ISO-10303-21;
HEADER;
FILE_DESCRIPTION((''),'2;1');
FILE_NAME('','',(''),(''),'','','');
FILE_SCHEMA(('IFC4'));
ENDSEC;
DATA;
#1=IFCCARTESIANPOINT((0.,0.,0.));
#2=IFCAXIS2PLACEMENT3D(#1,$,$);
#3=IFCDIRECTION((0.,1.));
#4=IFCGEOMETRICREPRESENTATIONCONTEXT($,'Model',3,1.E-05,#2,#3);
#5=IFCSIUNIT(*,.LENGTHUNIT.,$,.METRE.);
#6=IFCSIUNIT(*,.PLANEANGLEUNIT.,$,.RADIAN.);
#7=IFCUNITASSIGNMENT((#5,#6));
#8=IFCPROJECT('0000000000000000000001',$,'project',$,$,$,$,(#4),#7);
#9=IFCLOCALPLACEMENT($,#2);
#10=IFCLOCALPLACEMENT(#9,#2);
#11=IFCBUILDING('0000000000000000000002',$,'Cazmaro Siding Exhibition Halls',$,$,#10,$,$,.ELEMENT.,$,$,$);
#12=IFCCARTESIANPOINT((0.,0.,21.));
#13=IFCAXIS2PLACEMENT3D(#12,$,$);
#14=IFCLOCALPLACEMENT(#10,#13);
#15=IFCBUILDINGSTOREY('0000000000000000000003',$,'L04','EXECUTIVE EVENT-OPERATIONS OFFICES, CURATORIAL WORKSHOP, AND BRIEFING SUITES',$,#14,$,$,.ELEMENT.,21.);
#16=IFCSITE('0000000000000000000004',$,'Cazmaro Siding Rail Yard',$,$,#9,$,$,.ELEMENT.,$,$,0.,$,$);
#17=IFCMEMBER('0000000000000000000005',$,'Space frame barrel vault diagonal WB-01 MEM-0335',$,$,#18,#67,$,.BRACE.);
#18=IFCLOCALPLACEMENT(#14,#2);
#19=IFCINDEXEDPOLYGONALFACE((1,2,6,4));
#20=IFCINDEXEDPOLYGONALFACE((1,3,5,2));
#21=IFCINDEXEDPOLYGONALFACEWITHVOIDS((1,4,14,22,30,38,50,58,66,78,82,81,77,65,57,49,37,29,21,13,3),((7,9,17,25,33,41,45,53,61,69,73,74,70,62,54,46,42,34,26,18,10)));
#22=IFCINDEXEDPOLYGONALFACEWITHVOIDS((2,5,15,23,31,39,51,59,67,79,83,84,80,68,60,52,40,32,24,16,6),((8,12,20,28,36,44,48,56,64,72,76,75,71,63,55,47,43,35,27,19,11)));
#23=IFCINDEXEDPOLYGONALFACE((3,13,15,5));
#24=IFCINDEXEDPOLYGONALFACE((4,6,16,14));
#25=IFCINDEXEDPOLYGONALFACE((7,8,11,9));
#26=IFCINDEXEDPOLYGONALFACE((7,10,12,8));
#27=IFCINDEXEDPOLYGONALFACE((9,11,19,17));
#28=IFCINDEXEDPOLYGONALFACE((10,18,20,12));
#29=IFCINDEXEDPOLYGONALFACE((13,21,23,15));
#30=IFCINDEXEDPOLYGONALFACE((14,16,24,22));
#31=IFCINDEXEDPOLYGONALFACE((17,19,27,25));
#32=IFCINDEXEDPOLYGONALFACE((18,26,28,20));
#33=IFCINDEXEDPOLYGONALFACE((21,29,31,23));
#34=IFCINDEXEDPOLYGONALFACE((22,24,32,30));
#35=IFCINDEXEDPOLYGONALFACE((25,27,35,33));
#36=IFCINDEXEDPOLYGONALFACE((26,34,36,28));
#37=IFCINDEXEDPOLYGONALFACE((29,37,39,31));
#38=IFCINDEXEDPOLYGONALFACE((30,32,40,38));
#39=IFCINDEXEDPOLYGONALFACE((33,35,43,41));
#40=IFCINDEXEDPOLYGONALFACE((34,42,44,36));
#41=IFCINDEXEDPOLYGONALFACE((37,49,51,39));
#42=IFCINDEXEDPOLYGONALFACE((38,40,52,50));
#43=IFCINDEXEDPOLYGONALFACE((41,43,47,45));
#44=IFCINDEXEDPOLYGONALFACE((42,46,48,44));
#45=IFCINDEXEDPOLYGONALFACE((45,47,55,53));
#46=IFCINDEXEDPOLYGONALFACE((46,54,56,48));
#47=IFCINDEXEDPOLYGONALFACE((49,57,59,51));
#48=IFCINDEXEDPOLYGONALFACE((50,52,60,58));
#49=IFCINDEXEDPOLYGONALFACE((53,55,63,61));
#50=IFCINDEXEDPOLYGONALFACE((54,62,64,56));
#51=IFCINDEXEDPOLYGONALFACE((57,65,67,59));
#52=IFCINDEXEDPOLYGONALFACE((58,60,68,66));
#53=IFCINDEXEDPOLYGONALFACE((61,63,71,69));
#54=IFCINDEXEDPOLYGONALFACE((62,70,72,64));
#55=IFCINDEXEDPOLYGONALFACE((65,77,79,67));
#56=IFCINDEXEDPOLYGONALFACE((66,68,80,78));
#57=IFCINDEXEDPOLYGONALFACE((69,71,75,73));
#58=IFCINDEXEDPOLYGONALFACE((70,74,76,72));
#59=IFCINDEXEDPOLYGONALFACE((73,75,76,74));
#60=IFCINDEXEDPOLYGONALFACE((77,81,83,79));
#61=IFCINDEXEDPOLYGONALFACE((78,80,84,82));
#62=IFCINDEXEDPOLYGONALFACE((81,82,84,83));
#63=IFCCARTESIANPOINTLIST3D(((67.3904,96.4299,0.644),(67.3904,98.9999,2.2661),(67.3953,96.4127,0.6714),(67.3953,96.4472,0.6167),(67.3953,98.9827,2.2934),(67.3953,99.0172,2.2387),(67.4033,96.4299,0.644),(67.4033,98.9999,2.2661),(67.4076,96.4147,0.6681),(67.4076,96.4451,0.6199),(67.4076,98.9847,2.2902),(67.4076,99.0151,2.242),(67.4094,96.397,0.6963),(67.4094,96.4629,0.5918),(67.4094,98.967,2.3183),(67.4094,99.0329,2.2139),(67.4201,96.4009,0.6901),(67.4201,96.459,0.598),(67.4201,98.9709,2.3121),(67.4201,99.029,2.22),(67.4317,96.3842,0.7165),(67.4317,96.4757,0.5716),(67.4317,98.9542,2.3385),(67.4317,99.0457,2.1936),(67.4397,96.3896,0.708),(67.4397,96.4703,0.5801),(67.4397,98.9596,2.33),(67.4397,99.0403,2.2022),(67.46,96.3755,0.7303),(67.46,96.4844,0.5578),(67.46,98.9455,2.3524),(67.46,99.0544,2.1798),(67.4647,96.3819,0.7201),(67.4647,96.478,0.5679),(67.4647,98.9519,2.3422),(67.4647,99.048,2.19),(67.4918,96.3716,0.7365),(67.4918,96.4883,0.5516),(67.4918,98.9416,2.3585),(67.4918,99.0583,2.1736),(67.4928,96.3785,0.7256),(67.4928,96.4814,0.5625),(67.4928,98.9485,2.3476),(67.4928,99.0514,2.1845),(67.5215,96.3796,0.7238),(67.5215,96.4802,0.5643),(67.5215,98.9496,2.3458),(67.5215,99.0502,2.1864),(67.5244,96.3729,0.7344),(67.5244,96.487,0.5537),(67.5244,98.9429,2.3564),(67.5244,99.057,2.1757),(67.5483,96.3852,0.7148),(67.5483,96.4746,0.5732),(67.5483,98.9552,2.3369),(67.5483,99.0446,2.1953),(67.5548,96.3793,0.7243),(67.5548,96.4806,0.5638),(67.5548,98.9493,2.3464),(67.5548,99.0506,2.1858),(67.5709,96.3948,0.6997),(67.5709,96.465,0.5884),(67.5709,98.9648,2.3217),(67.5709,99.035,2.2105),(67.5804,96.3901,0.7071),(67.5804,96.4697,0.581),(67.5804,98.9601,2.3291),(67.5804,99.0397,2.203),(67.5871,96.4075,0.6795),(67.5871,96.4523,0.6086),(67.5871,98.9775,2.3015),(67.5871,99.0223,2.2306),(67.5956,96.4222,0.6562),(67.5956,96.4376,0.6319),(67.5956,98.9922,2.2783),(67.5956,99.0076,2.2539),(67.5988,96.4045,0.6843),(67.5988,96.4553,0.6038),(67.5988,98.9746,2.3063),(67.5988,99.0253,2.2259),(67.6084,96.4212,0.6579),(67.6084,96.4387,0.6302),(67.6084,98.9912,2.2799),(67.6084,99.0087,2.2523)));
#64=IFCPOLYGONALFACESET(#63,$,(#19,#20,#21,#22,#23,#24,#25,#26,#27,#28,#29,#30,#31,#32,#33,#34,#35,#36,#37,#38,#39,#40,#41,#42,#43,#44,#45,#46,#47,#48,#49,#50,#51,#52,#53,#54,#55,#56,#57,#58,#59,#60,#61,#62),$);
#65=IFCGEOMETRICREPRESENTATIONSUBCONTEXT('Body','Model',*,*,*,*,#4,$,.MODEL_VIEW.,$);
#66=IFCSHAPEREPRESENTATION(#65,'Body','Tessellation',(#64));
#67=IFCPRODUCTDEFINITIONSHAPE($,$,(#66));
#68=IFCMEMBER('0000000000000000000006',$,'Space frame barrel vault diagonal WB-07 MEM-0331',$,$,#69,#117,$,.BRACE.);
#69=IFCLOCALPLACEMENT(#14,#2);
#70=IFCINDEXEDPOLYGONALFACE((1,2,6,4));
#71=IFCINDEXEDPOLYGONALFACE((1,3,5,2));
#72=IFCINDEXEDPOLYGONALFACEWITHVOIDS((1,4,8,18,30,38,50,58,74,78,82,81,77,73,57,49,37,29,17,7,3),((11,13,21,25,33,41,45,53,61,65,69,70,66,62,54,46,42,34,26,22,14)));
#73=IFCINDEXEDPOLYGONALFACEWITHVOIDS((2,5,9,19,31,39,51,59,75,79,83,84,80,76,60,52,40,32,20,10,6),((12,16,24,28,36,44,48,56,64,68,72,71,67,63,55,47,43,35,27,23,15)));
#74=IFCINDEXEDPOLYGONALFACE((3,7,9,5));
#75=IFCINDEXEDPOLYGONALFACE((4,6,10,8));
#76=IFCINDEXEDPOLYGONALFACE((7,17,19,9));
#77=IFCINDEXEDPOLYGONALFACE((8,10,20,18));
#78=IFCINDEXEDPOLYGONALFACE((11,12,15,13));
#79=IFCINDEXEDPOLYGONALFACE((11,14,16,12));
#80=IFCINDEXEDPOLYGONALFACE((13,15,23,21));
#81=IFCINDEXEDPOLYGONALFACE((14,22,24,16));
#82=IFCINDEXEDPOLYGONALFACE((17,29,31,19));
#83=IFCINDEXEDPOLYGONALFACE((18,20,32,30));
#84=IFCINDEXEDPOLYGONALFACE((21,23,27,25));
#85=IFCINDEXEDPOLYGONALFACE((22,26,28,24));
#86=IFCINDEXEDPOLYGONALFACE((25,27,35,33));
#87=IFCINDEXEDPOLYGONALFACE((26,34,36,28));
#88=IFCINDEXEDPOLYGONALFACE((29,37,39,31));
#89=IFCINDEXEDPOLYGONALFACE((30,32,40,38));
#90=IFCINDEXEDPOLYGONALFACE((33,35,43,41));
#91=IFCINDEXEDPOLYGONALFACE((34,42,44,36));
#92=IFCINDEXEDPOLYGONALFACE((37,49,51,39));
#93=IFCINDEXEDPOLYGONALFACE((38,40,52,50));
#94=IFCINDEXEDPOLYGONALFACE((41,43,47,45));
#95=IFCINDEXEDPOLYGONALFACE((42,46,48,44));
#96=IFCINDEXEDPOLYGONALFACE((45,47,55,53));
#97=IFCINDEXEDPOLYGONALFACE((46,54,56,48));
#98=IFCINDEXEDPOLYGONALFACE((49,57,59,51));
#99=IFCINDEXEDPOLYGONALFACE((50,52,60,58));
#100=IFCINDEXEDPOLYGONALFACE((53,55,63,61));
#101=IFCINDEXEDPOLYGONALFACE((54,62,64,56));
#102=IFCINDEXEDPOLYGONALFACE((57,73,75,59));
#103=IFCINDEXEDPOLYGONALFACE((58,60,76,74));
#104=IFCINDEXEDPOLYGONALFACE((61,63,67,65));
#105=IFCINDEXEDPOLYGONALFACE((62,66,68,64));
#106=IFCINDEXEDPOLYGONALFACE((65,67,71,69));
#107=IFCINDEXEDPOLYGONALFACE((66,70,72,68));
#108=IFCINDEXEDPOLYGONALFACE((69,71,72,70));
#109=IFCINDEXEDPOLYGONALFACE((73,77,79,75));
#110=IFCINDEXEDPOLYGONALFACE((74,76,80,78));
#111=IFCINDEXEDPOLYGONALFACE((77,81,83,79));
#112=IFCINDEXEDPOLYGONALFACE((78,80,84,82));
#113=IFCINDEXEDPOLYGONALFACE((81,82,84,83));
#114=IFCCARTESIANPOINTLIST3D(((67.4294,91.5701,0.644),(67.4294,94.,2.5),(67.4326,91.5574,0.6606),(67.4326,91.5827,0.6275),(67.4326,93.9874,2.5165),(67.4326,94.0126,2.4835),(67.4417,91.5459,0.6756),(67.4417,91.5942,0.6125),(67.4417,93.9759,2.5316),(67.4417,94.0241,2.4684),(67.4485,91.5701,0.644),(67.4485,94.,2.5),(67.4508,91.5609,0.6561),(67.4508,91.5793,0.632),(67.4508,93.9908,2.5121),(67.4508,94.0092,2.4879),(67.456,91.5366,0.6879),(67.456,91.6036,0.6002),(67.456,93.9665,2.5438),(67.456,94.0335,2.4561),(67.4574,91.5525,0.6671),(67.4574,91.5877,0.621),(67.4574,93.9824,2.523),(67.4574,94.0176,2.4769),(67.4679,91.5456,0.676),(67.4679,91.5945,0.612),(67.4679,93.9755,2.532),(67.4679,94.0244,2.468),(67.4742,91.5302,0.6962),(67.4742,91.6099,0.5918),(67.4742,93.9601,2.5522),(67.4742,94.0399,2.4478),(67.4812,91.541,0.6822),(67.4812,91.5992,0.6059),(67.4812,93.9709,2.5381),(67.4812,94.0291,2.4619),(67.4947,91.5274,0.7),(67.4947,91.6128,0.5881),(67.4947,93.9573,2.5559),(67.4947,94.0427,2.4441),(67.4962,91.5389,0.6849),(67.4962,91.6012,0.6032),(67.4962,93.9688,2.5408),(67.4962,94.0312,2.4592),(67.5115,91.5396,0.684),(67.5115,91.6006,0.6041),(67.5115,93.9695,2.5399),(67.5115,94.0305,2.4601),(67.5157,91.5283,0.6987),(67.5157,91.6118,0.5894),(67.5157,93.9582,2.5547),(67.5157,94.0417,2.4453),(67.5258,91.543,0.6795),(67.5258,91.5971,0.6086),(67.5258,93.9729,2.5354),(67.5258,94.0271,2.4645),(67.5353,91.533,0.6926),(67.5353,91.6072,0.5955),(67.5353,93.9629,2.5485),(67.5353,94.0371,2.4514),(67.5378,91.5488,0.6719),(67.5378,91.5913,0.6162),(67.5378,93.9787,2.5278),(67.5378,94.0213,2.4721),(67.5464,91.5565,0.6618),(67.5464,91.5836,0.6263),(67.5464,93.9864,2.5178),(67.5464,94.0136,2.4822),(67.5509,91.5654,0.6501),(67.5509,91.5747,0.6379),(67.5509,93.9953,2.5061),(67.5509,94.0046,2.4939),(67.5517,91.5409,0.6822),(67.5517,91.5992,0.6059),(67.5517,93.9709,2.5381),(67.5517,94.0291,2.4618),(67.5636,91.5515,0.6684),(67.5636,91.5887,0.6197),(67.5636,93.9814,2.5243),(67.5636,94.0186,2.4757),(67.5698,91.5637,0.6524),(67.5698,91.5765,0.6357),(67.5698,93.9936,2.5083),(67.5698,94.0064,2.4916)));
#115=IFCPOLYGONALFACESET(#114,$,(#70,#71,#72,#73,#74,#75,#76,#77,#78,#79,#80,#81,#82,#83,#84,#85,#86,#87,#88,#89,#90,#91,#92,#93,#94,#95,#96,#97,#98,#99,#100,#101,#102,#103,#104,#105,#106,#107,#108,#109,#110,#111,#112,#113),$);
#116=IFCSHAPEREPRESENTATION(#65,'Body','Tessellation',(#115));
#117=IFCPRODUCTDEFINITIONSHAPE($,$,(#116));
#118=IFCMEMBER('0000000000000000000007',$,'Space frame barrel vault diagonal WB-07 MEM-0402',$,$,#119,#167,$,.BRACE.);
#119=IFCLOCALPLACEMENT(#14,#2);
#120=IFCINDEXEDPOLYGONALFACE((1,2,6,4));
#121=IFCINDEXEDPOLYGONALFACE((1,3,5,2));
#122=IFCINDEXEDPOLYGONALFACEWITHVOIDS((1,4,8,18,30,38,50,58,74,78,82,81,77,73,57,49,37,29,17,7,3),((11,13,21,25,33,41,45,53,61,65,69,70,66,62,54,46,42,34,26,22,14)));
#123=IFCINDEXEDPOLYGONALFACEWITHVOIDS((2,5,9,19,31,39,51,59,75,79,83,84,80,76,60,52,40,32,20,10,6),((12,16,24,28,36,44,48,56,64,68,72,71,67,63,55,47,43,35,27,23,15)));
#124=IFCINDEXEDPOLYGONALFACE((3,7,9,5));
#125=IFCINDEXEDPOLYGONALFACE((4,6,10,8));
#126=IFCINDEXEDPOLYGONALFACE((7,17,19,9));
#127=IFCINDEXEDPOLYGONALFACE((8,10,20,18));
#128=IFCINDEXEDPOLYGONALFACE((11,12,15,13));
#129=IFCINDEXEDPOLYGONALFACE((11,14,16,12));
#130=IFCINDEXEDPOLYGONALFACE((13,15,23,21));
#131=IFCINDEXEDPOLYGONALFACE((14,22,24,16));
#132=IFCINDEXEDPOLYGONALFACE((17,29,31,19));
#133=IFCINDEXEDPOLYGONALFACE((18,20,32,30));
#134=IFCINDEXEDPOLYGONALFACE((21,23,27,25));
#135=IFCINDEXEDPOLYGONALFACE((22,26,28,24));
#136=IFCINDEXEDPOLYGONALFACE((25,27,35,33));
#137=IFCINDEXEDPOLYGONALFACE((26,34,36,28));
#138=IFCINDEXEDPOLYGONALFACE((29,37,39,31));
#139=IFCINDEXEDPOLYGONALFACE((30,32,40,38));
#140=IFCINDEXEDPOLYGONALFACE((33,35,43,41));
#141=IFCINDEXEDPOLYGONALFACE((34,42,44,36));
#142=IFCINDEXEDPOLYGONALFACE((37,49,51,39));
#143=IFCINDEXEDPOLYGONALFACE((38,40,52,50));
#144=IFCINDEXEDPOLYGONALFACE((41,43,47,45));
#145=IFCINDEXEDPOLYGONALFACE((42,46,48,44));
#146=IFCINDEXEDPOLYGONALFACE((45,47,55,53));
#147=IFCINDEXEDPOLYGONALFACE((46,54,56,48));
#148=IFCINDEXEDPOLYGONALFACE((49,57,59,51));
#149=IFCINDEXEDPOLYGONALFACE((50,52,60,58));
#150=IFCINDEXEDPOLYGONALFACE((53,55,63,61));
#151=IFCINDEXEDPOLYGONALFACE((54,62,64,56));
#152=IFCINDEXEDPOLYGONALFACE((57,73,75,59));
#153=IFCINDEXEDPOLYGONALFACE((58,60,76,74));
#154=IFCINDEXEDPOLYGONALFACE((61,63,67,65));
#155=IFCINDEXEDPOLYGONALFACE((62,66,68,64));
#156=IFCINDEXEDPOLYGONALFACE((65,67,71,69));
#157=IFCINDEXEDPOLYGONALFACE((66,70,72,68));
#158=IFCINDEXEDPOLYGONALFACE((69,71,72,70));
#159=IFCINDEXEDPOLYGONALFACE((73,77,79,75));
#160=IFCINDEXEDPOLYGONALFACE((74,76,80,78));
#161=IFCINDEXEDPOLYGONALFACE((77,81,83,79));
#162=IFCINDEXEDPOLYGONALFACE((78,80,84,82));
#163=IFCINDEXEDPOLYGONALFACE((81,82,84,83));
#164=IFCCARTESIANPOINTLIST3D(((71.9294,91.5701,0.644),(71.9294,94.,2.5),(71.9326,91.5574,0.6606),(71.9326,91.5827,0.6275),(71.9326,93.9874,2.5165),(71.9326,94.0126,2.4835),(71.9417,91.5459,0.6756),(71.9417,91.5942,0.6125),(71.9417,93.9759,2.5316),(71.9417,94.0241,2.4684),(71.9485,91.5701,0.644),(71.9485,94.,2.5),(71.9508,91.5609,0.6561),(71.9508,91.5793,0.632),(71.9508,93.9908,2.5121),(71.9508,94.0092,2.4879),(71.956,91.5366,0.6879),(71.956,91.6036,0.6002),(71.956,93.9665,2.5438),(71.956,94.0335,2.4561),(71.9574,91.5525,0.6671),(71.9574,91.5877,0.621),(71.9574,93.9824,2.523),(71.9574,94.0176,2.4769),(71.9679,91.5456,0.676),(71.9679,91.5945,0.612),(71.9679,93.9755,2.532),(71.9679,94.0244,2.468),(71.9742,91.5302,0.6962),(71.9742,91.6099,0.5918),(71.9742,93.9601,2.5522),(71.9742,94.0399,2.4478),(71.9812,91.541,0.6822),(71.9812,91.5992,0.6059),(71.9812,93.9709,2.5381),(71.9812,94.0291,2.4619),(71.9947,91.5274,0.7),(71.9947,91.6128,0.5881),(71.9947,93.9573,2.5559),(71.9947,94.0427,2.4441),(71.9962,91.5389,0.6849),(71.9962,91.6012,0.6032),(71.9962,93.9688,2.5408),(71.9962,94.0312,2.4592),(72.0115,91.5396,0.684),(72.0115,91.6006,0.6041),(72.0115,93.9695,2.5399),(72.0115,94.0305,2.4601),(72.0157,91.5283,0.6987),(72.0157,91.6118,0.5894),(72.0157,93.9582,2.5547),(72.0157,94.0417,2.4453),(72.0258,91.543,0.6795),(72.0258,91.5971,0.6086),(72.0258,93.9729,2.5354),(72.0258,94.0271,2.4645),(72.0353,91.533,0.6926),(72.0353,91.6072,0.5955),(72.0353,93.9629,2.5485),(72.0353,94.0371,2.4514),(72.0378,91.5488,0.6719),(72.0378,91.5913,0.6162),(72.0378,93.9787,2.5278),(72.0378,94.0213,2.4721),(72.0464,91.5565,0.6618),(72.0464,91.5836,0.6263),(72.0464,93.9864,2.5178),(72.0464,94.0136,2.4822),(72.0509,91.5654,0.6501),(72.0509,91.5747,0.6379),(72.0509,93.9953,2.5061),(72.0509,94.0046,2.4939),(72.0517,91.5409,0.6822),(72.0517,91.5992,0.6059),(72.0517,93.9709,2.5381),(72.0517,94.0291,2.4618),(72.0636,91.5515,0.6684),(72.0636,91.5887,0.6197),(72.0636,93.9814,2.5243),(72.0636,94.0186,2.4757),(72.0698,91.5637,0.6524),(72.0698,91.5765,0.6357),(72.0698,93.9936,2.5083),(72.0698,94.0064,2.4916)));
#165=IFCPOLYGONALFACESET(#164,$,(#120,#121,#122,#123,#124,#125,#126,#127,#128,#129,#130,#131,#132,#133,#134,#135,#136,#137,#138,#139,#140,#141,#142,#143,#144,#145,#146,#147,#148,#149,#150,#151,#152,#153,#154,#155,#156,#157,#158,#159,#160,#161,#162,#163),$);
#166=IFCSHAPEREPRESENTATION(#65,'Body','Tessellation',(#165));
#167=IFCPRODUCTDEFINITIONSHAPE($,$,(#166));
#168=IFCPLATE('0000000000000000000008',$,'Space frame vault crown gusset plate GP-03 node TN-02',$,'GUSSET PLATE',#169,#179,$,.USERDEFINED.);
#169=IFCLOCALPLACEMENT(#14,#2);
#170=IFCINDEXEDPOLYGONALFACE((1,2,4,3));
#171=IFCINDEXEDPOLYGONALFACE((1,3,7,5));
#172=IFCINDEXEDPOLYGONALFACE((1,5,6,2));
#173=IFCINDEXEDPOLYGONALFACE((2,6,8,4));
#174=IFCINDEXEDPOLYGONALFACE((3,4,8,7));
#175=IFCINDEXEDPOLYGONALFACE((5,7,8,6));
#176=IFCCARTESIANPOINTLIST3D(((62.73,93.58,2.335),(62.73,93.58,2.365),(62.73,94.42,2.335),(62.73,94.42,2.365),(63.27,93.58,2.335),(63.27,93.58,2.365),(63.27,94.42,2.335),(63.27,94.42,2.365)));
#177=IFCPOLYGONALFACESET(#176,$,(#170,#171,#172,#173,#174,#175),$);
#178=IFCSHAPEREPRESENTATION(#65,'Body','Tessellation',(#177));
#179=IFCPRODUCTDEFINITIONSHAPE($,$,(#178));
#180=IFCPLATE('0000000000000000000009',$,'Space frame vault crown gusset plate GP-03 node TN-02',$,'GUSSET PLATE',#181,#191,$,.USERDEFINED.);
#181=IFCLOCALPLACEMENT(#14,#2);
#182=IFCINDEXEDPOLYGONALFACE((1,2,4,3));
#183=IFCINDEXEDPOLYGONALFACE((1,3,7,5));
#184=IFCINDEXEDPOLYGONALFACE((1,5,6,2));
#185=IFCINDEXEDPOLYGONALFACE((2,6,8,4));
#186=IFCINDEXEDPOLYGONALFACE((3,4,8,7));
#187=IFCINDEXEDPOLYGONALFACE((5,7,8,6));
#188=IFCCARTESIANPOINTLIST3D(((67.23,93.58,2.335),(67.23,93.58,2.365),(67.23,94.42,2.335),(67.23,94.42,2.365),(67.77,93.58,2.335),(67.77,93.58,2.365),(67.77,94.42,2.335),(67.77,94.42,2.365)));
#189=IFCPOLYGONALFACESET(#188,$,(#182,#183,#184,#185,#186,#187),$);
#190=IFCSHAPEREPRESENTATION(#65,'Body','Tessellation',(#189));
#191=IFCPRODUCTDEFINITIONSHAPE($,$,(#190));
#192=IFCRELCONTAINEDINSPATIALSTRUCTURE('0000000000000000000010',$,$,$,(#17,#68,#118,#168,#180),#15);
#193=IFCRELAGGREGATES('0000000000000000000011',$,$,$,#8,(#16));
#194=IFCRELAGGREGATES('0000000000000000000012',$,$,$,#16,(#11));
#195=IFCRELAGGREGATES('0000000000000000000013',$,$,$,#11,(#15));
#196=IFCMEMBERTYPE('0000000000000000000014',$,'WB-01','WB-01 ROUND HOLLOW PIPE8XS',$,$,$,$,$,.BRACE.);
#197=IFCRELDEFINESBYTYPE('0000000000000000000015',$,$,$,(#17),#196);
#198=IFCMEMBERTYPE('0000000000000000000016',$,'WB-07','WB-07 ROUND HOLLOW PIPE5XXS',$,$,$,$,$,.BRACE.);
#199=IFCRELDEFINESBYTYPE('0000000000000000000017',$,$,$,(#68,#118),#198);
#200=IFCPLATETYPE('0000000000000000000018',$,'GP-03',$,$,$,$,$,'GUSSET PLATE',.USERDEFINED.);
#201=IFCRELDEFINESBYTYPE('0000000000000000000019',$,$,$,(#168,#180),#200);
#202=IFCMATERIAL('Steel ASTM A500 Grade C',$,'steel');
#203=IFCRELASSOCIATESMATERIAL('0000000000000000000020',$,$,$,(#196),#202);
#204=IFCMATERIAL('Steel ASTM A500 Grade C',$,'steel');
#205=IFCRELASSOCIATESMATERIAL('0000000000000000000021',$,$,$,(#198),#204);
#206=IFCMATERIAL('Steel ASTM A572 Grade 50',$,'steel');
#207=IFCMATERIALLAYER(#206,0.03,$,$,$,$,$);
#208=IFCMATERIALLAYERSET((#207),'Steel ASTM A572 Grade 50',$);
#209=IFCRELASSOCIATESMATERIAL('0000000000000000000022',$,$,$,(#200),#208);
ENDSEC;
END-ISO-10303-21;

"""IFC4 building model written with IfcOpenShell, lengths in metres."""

from ifc_helpers import new_model, si_unit, direction, frame, origin, origin_2d, place, context, subcontext, project, spatial, rectangle, hollow_circle, extrude, material, layer, layer_set, material_profile, profile_set, type_object, element, save


model = new_model("IFC4")

# Units and contexts
model_context = context("Model", 3, precision=1e-05, world=origin(), true_north=direction((0.0, 1.0)))
body_context = subcontext(model_context, "Body", "Model", "MODEL_VIEW")
ifc_project = project(units=[si_unit("LENGTHUNIT", "METRE"), si_unit("PLANEANGLEUNIT", "RADIAN")], contexts=[model_context])

# Site, building, storey
site_placement = place(None, origin())
site = spatial("IfcSite", under=ifc_project, at=site_placement, Name="Cazmaro Siding Rail Yard", CompositionType="ELEMENT", RefElevation=0.0)
building_placement = place(site_placement, origin())
building = spatial("IfcBuilding", under=site, at=building_placement, Name="Cazmaro Siding Exhibition Halls", CompositionType="ELEMENT")
storey_placement = place(building_placement, frame((0.0, 0.0, 21.0)))
storey = spatial("IfcBuildingStorey", under=building, at=storey_placement, Name="L04", Description="EXECUTIVE EVENT-OPERATIONS OFFICES, CURATORIAL WORKSHOP, AND BRIEFING SUITES", CompositionType="ELEMENT", Elevation=21.0)

# Members
ifc_material_1 = material(Name="Steel ASTM A500 Grade C", Category="steel")
ifc_material_profile_1 = material_profile(ifc_material_1, hollow_circle(Radius=0.1096, WallThickness=0.0129, at=origin_2d()), Name="PIPE8XS")
ifc_profile_set_1 = profile_set([ifc_material_profile_1], Name="Steel ASTM A500 Grade C")
member_type_1 = type_object("IfcMemberType", Name="WB-01", Description="WB-01 ROUND HOLLOW PIPE8XS", PredefinedType="BRACE", material=ifc_profile_set_1)
member_1_placement = place(storey_placement, frame((67.5, 96.4299, 0.644), z_axis=(0.0, 0.845657, 0.533727), x_axis=(-1.0, 0.0, 0.0)))
element("IfcMember", 1, at=member_1_placement, inside=storey, type_object=member_type_1, Name="Space frame barrel vault diagonal WB-01 MEM-0335", PredefinedType="BRACE", context=body_context, shape_type="SweptSolid", body=[
    extrude(hollow_circle(Radius=0.1096, WallThickness=0.0129, at=origin_2d()), origin(), (0.0, 0.0, 1.0), 3.0391),
])
ifc_material_2 = material(Name="Steel ASTM A500 Grade C", Category="steel")
ifc_material_profile_2 = material_profile(ifc_material_2, hollow_circle(Radius=0.0706, WallThickness=0.019, at=origin_2d()), Name="PIPE5XXS")
ifc_profile_set_2 = profile_set([ifc_material_profile_2], Name="Steel ASTM A500 Grade C")
member_type_2 = type_object("IfcMemberType", Name="WB-07", Description="WB-07 ROUND HOLLOW PIPE5XXS", PredefinedType="BRACE", material=ifc_profile_set_2)
for number, where, z_axis, x_axis, name in (
    (2, (67.5, 91.5701, 0.644), (0.0, 0.794709, 0.606991), (-1.0, 0.0, 0.0), "Space frame barrel vault diagonal WB-07 MEM-0331"),
    (3, (72.0, 91.5701, 0.644), (0.0, 0.794709, 0.606991), (-1.0, 0.0, 0.0), "Space frame barrel vault diagonal WB-07 MEM-0402"),
):
    element("IfcMember", number, at=place(storey_placement, frame(where, z_axis=z_axis, x_axis=x_axis)), inside=storey, type_object=member_type_2, Name=name, PredefinedType="BRACE", context=body_context, shape_type="SweptSolid", body=[
        extrude(hollow_circle(Radius=0.0706, WallThickness=0.019, at=origin_2d()), origin(), (0.0, 0.0, 1.0), 3.0576),
    ])

# Plates
ifc_material_3 = material(Name="Steel ASTM A572 Grade 50", Category="steel")
ifc_layer = layer(ifc_material_3, 0.03)
ifc_layer_set = layer_set([ifc_layer], Name="Steel ASTM A572 Grade 50")
plate_type = type_object("IfcPlateType", Name="GP-03", ElementType="GUSSET PLATE", PredefinedType="USERDEFINED", material=ifc_layer_set)
for number, where, z_axis, x_axis, name in (
    (4, (63.0, 94.0, 2.335), (0.0, 0.0, 1.0), (0.0, 1.0, 0.0), "Space frame vault crown gusset plate GP-03 node TN-02"),
    (5, (67.5, 94.0, 2.335), (0.0, 0.0, 1.0), (0.0, 1.0, 0.0), "Space frame vault crown gusset plate GP-03 node TN-02"),
):
    element("IfcPlate", number, at=place(storey_placement, frame(where, z_axis=z_axis, x_axis=x_axis)), inside=storey, type_object=plate_type, Name=name, ObjectType="GUSSET PLATE", PredefinedType="USERDEFINED", context=body_context, shape_type="SweptSolid", body=[
        extrude(rectangle(XDim=0.8401, YDim=0.54, at=origin_2d()), origin(), (0.0, 0.0, 1.0), 0.03),
    ])

save(model, "model.ifc")
